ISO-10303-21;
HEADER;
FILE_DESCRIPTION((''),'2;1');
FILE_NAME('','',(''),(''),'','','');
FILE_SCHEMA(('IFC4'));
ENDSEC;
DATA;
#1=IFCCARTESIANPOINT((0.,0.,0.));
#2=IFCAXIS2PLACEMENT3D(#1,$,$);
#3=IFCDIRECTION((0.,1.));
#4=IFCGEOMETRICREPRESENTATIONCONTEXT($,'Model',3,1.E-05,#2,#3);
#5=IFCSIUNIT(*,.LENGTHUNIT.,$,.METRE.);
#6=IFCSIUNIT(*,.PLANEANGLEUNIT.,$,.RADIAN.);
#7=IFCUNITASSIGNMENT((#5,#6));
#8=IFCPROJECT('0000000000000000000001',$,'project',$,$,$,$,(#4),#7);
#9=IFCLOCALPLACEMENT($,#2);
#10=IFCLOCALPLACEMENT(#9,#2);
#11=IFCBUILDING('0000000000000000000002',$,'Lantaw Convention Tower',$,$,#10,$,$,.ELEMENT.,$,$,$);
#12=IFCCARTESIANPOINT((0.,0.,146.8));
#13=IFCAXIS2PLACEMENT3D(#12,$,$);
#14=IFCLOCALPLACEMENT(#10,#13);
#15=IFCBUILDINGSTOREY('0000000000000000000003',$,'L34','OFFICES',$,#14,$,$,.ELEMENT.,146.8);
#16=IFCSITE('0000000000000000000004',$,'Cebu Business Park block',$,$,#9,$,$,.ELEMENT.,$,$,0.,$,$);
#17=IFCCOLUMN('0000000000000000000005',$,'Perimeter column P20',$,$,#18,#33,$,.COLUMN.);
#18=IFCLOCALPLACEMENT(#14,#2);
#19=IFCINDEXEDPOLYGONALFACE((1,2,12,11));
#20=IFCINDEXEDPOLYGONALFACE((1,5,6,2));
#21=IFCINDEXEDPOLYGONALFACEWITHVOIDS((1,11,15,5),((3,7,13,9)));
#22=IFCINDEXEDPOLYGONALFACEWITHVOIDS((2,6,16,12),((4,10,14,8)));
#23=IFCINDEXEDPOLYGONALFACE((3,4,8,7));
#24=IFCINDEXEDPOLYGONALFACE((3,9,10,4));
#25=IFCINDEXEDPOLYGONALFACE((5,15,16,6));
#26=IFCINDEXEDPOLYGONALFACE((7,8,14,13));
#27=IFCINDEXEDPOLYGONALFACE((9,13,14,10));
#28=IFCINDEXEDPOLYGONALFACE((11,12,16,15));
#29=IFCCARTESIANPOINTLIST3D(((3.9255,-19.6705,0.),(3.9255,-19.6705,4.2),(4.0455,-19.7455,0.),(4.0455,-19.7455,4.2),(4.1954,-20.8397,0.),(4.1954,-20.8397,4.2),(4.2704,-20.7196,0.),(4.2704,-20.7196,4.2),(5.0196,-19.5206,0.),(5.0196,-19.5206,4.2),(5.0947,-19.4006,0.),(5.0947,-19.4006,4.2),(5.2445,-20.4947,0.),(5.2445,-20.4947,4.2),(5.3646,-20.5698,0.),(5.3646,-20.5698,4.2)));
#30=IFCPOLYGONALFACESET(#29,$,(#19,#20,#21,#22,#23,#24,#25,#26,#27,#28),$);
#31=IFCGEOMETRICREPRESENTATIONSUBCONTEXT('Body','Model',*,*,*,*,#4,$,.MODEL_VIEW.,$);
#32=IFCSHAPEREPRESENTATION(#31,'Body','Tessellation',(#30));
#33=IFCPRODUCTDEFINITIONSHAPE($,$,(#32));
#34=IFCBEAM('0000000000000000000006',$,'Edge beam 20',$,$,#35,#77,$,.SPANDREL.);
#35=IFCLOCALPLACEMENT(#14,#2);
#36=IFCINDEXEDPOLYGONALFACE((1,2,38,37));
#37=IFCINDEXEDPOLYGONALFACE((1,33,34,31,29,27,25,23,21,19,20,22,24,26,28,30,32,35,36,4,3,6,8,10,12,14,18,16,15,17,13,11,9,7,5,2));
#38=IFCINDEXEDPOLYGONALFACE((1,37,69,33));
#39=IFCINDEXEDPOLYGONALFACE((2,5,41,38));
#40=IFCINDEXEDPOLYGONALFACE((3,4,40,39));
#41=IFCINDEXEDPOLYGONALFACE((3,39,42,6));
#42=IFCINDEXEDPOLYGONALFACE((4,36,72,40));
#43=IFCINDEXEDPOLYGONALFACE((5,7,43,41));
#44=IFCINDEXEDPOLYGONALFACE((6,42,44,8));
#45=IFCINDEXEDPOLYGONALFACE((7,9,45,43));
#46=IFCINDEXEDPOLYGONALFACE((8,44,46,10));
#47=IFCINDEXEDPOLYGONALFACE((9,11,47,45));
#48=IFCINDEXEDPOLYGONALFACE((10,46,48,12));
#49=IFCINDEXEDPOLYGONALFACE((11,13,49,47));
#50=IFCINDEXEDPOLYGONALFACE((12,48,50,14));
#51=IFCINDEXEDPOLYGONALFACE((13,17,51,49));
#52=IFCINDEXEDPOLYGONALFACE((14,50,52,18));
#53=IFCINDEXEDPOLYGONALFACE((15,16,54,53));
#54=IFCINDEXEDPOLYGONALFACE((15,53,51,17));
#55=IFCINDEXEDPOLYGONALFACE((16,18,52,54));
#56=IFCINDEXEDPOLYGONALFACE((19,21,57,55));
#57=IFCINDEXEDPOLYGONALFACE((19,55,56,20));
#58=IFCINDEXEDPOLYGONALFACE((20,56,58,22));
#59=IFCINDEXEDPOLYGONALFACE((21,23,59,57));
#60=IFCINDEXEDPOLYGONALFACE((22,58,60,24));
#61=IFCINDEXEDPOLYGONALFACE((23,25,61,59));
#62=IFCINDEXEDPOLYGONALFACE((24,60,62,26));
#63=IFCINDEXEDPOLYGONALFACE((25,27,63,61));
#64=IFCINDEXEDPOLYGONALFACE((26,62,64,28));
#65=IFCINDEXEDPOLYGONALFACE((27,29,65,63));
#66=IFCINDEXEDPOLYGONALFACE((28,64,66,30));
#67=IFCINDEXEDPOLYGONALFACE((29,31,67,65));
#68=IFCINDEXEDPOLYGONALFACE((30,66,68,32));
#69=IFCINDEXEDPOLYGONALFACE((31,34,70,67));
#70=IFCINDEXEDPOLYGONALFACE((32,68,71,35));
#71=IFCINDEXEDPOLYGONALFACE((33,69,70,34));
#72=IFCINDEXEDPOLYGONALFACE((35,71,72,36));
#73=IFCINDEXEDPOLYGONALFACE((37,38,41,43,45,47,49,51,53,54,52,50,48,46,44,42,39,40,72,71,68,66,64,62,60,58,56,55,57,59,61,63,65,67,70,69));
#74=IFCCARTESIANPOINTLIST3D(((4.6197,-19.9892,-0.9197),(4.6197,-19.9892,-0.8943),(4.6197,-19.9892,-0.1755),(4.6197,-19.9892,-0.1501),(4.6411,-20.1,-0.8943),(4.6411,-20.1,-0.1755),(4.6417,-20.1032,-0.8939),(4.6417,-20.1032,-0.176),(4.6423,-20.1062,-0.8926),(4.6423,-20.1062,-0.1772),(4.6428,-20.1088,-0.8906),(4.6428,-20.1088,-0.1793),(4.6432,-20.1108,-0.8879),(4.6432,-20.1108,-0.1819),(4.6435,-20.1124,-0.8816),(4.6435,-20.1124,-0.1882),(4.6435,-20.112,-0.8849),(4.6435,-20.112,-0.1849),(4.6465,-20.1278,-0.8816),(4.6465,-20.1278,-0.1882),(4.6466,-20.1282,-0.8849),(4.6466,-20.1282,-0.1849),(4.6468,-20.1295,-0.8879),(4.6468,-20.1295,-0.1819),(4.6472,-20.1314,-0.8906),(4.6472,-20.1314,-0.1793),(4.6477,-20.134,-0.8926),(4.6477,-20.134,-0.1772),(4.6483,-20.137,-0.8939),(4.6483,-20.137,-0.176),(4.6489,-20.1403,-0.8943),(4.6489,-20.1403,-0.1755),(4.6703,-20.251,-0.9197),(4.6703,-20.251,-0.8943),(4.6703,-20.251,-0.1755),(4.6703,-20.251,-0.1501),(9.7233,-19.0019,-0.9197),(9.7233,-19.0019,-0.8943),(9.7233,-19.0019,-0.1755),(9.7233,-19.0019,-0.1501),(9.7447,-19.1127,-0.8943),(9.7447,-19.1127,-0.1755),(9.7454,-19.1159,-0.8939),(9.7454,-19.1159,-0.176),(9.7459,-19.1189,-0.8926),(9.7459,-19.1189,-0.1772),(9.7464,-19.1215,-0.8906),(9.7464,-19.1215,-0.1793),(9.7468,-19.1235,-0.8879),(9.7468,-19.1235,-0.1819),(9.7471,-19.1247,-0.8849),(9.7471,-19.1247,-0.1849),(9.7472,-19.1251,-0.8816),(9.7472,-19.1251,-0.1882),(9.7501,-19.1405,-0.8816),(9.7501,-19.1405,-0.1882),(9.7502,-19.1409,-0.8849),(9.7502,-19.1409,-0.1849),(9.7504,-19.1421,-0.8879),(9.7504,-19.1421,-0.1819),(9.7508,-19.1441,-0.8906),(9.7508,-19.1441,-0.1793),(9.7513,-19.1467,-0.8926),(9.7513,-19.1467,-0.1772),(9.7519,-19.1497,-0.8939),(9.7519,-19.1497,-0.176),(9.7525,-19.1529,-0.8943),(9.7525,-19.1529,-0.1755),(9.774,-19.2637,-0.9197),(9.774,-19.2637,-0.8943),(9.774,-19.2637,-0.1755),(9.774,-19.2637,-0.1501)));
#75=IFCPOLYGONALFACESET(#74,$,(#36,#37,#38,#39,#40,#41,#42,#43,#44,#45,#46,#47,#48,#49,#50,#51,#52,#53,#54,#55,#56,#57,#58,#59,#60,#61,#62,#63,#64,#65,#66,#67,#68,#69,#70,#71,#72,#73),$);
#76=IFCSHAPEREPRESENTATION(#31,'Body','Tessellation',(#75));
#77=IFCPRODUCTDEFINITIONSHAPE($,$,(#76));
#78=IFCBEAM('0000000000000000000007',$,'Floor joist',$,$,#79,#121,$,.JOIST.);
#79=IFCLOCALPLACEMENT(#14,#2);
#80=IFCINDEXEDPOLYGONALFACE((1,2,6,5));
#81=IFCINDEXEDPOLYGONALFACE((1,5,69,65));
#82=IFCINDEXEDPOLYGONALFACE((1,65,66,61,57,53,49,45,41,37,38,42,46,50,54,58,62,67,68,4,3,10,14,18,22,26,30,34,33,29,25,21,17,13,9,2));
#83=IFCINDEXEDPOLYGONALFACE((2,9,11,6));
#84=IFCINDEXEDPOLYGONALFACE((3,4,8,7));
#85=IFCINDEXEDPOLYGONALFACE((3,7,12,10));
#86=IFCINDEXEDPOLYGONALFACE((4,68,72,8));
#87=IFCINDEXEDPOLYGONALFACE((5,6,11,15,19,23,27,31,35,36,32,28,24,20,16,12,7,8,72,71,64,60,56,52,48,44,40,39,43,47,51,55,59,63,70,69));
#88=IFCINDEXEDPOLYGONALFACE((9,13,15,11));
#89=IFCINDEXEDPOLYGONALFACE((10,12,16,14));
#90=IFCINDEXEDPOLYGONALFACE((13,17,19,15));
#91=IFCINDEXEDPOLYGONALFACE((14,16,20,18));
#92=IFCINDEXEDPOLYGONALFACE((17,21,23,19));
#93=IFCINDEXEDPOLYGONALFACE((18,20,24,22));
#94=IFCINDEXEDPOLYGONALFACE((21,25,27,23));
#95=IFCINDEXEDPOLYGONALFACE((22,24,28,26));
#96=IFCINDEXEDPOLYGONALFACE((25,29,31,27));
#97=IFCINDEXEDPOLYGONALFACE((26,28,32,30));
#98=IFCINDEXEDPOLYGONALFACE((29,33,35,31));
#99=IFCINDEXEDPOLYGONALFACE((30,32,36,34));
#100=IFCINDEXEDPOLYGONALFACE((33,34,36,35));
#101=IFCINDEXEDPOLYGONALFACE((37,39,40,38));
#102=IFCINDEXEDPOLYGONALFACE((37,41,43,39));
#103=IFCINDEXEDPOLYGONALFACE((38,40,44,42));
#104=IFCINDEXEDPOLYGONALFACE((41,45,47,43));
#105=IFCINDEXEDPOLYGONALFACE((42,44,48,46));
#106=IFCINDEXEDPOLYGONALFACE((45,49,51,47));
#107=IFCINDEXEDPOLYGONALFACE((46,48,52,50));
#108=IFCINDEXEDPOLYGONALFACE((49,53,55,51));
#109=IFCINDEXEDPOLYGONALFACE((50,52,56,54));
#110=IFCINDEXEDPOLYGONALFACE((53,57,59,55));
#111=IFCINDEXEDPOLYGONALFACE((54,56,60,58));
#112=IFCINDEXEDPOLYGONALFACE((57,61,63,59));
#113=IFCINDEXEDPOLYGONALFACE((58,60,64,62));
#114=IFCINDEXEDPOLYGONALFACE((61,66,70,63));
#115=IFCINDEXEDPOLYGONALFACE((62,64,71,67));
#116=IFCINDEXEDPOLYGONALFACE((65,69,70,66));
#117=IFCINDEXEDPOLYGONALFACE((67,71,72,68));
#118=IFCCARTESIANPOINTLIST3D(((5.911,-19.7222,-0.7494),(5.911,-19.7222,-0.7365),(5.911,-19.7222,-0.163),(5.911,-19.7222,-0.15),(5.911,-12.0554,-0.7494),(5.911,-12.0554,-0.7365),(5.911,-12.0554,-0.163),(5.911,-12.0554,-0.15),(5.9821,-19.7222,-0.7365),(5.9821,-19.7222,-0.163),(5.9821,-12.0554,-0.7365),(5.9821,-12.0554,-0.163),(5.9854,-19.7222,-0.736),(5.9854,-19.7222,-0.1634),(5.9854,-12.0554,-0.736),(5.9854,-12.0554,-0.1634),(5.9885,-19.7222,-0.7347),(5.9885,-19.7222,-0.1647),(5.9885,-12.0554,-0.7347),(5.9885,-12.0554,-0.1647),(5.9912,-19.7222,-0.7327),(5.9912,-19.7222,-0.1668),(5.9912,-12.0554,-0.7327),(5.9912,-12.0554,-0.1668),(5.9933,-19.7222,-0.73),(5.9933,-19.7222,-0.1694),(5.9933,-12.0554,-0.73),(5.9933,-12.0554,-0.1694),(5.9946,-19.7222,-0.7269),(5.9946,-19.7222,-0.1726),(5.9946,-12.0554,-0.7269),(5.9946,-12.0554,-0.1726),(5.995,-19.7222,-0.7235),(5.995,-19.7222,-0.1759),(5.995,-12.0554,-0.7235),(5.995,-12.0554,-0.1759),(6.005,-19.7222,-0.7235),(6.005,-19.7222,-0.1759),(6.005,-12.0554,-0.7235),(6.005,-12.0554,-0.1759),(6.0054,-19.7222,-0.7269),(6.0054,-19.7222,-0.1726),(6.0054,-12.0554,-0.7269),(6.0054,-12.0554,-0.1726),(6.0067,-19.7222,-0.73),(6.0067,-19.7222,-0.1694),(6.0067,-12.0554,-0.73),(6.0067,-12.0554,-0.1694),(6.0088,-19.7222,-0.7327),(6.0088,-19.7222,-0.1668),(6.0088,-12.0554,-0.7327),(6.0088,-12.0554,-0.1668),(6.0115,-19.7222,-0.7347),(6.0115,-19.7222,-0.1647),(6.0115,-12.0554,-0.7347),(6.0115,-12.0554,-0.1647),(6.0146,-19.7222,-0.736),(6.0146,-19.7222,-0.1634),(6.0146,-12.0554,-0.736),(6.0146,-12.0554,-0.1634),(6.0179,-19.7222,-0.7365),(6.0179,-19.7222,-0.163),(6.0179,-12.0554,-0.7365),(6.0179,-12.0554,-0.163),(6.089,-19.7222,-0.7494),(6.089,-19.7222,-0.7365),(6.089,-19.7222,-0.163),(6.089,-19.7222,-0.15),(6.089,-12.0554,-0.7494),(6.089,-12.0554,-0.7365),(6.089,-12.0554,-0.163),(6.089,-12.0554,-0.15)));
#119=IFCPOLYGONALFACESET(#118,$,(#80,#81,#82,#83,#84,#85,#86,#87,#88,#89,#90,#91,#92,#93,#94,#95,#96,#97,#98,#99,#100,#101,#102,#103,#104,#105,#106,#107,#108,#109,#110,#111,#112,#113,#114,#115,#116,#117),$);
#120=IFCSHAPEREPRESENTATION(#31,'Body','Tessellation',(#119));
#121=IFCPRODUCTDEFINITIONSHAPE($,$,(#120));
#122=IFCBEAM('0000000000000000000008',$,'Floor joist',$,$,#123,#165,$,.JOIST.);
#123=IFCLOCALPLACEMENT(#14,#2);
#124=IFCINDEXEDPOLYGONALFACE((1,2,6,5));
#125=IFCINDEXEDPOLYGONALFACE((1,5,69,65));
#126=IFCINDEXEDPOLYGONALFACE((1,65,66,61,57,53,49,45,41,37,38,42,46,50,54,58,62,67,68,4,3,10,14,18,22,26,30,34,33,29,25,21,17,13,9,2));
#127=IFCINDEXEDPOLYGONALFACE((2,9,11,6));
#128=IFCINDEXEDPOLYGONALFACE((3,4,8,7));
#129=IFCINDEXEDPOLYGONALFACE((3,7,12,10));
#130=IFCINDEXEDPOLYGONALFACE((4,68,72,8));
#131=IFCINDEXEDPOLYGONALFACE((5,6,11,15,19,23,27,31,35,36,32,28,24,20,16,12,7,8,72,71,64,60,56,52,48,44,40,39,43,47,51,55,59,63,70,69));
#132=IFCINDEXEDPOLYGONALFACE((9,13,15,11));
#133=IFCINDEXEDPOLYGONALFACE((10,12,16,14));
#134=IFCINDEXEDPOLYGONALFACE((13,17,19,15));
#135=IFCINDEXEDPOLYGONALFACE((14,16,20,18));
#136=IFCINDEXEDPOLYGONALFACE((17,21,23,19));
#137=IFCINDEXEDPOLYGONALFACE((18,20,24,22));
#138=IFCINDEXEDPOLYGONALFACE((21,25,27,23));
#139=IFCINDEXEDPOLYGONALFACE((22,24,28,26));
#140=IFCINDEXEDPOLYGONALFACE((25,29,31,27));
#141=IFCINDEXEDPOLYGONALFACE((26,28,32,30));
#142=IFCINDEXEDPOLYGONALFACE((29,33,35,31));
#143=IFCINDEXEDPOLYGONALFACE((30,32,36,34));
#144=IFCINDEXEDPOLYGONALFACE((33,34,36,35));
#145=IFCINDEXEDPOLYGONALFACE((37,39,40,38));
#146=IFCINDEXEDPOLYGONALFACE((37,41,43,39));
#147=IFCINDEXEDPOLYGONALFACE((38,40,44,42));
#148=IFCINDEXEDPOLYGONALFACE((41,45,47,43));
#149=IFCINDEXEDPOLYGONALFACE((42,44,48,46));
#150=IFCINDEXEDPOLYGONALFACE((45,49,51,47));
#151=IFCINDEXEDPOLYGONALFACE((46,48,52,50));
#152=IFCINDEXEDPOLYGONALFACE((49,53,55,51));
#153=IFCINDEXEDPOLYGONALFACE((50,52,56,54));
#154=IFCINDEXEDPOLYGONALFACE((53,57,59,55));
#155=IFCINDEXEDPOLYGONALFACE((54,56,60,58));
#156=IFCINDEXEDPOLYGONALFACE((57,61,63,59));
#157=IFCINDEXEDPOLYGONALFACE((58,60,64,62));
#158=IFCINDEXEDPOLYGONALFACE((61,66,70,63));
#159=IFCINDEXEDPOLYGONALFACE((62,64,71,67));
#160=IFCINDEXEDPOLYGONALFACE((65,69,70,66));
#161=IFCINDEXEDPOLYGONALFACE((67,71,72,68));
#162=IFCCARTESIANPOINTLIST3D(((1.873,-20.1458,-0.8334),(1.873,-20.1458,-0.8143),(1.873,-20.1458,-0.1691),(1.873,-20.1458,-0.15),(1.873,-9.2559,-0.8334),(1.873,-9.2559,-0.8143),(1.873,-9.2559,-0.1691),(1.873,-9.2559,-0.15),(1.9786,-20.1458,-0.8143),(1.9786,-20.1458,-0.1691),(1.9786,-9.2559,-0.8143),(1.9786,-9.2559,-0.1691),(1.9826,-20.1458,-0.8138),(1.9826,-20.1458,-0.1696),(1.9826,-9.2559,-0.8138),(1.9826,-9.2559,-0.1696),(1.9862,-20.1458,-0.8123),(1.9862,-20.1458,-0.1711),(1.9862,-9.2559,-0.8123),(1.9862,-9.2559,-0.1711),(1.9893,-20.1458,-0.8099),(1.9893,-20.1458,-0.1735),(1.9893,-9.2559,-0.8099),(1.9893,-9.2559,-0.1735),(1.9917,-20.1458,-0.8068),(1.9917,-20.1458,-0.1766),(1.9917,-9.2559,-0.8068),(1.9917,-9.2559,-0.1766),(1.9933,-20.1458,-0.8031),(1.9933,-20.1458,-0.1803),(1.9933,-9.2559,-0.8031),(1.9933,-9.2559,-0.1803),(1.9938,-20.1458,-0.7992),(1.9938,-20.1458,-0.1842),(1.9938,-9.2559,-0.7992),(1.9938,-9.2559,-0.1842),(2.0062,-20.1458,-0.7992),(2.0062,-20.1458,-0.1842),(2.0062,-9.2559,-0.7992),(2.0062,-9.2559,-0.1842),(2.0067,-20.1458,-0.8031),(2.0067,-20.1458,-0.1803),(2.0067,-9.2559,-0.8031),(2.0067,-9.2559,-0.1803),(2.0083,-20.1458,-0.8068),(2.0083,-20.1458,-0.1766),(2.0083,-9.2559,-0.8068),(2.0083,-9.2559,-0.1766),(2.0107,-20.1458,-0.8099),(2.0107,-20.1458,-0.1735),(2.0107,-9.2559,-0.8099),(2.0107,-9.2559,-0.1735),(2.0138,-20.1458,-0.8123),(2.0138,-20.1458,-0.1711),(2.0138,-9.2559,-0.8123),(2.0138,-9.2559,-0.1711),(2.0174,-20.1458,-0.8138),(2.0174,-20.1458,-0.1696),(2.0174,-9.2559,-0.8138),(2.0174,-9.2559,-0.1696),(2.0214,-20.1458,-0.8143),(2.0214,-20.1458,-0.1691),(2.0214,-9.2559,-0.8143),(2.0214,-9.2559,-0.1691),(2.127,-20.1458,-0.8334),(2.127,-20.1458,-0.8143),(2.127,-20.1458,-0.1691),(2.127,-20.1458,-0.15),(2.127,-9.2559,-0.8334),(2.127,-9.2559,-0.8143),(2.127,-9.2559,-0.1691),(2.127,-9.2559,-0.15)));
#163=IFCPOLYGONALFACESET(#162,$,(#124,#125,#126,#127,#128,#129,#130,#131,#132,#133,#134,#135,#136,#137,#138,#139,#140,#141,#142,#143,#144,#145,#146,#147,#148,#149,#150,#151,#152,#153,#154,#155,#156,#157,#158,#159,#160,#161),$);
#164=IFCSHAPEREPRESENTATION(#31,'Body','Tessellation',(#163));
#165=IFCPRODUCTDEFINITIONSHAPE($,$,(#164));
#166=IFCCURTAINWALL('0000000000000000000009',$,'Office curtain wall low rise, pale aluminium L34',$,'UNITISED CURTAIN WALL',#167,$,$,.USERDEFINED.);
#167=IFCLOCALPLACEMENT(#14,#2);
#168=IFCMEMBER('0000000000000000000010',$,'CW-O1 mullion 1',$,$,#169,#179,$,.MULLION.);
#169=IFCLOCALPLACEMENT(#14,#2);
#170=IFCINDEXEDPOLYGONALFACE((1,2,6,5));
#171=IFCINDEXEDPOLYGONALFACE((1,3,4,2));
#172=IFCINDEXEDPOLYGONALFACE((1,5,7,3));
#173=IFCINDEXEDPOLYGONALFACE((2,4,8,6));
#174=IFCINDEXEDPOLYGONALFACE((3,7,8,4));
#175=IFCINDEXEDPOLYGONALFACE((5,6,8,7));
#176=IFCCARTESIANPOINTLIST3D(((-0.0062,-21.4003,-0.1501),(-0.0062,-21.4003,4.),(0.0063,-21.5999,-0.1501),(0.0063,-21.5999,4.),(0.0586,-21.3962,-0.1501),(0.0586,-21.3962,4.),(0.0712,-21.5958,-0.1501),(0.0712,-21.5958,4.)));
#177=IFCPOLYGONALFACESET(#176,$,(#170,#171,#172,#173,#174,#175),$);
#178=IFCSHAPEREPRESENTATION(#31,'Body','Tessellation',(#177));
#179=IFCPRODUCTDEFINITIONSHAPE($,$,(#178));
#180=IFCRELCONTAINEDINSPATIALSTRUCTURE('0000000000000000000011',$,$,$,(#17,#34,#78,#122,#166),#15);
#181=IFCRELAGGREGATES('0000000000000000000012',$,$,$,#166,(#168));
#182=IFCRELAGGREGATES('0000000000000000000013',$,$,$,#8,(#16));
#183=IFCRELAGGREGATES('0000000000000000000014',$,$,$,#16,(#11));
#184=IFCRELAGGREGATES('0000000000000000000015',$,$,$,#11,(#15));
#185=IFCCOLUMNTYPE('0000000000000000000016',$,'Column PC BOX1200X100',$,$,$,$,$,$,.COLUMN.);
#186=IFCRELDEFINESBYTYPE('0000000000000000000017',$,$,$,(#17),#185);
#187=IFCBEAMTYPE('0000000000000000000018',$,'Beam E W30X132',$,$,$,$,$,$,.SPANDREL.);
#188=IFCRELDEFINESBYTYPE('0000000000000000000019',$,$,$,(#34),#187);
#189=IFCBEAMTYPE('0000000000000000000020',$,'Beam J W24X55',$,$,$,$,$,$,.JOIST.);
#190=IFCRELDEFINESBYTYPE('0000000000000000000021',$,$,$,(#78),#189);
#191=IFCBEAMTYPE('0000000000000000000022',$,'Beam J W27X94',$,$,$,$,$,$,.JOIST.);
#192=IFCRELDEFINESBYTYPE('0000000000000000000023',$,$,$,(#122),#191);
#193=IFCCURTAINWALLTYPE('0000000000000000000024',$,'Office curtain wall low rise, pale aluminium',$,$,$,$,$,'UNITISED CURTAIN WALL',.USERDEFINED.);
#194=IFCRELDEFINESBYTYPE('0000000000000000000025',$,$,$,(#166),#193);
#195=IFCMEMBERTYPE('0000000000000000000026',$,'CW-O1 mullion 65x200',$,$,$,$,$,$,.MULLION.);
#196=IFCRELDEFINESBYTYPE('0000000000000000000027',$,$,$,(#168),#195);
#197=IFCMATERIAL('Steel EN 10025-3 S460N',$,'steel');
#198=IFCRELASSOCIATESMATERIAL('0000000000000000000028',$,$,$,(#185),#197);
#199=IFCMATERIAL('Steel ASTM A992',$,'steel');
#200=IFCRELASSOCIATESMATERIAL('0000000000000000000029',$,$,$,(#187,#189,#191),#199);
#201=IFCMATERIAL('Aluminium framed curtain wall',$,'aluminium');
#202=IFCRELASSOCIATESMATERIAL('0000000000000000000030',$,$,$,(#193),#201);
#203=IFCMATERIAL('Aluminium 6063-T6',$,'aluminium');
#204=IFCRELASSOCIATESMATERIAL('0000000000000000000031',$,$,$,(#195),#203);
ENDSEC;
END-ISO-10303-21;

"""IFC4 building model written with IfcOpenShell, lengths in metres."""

from ifc_helpers import new_model, si_unit, direction, frame, origin, origin_2d, place, context, subcontext, project, spatial, rectangle, hollow_rectangle, i_section, extrude, material, material_profile, profile_set, type_object, element, aggregate, save


model = new_model("IFC4")

# Units and contexts
model_context = context("Model", 3, precision=1e-05, world=origin(), true_north=direction((0.0, 1.0)))
body_context = subcontext(model_context, "Body", "Model", "MODEL_VIEW")
ifc_project = project(units=[si_unit("LENGTHUNIT", "METRE"), si_unit("PLANEANGLEUNIT", "RADIAN")], contexts=[model_context])

# Site, building, storey
site_placement = place(None, origin())
site = spatial("IfcSite", under=ifc_project, at=site_placement, Name="Cebu Business Park block", CompositionType="ELEMENT", RefElevation=0.0)
building_placement = place(site_placement, origin())
building = spatial("IfcBuilding", under=site, at=building_placement, Name="Lantaw Convention Tower", CompositionType="ELEMENT")
storey_placement = place(building_placement, frame((0.0, 0.0, 146.8)))
storey = spatial("IfcBuildingStorey", under=building, at=storey_placement, Name="L34", Description="OFFICES", CompositionType="ELEMENT", Elevation=146.8)

# Column
ifc_material_1 = material(Name="Steel EN 10025-3 S460N", Category="steel")
ifc_material_profile_1 = material_profile(ifc_material_1, hollow_rectangle(XDim=1.2, YDim=1.2, WallThickness=0.1001, at=origin_2d()), Name="BOX1200X100")
ifc_material_2 = material(Name="Concrete C60/75", Category="concrete")
ifc_material_profile_2 = material_profile(ifc_material_2, rectangle(XDim=1.0, YDim=1.0, at=origin_2d()), Name="Concrete fill of BOX1200X100")
ifc_profile_set_1 = profile_set([ifc_material_profile_1, ifc_material_profile_2], Name="Steel EN 10025-3 S460N")
column_type = type_object("IfcColumnType", Name="Column PC BOX1200X100", PredefinedType="COLUMN", material=ifc_profile_set_1)
column_placement = place(storey_placement, frame((4.645, -20.1201, 0.0), z_axis=(0.0, 0.0, 1.0), x_axis=(0.97437, 0.224951, 0.0)))
element("IfcColumn", 1, at=column_placement, inside=storey, type_object=column_type, Name="Perimeter column P20", PredefinedType="COLUMN", context=body_context, shape_type="SweptSolid", body=[
    extrude(hollow_rectangle(XDim=1.2, YDim=1.2, WallThickness=0.1001, at=origin_2d()), origin(), (0.0, 0.0, 1.0), 4.2),
])

# Beams
ifc_material_3 = material(Name="Steel ASTM A992", Category="steel")
ifc_material_profile_3 = material_profile(ifc_material_3, i_section(OverallWidth=0.2666, OverallDepth=0.7695, WebThickness=0.0156, FlangeThickness=0.0254, FilletRadius=0.0127, at=origin_2d()), Name="W30X132")
ifc_profile_set_2 = profile_set([ifc_material_profile_3], Name="Steel ASTM A992")
beam_type_1 = type_object("IfcBeamType", Name="Beam E W30X132", PredefinedType="SPANDREL", material=ifc_profile_set_2)
beam_1_placement = place(storey_placement, frame((4.645, -20.1201, -0.5349), z_axis=(0.981797, 0.189934, 0.0), x_axis=(-0.189934, 0.981797, 0.0)))
element("IfcBeam", 2, at=beam_1_placement, inside=storey, type_object=beam_type_1, Name="Edge beam 20", PredefinedType="SPANDREL", context=body_context, shape_type="SweptSolid", body=[
    extrude(i_section(OverallWidth=0.2666, OverallDepth=0.7695, WebThickness=0.0156, FlangeThickness=0.0254, FilletRadius=0.0127, at=origin_2d()), origin(), (0.0, 0.0, 1.0), 5.1982),
])
ifc_material_profile_4 = material_profile(ifc_material_3, i_section(OverallWidth=0.178, OverallDepth=0.5994, WebThickness=0.01, FlangeThickness=0.0129, FilletRadius=0.0129, at=origin_2d()), Name="W24X55")
ifc_profile_set_3 = profile_set([ifc_material_profile_4], Name="Steel ASTM A992")
beam_type_2 = type_object("IfcBeamType", Name="Beam J W24X55", PredefinedType="JOIST", material=ifc_profile_set_3)
beam_2_placement = place(storey_placement, frame((6.0, -19.7222, -0.4497), z_axis=(0.0, 1.0, 0.0), x_axis=(-1.0, 0.0, 0.0)))
element("IfcBeam", 3, at=beam_2_placement, inside=storey, type_object=beam_type_2, Name="Floor joist", PredefinedType="JOIST", context=body_context, shape_type="SweptSolid", body=[
    extrude(i_section(OverallWidth=0.178, OverallDepth=0.5994, WebThickness=0.01, FlangeThickness=0.0129, FilletRadius=0.0129, at=origin_2d()), origin(), (0.0, 0.0, 1.0), 7.6667),
])
ifc_material_profile_5 = material_profile(ifc_material_3, i_section(OverallWidth=0.2539, OverallDepth=0.6833, WebThickness=0.0125, FlangeThickness=0.019, FilletRadius=0.0151, at=origin_2d()), Name="W27X94")
ifc_profile_set_4 = profile_set([ifc_material_profile_5], Name="Steel ASTM A992")
beam_type_3 = type_object("IfcBeamType", Name="Beam J W27X94", PredefinedType="JOIST", material=ifc_profile_set_4)
beam_3_placement = place(storey_placement, frame((2.0, -20.1458, -0.4917), z_axis=(0.0, 1.0, 0.0), x_axis=(-1.0, 0.0, 0.0)))
element("IfcBeam", 4, at=beam_3_placement, inside=storey, type_object=beam_type_3, Name="Floor joist", PredefinedType="JOIST", context=body_context, shape_type="SweptSolid", body=[
    extrude(i_section(OverallWidth=0.2539, OverallDepth=0.6833, WebThickness=0.0125, FlangeThickness=0.019, FilletRadius=0.0151, at=origin_2d()), origin(), (0.0, 0.0, 1.0), 10.8899),
])

# Curtain wall, member
ifc_material_4 = material(Name="Aluminium framed curtain wall", Category="aluminium")
curtain_wall_type = type_object("IfcCurtainWallType", Name="Office curtain wall low rise, pale aluminium", ElementType="UNITISED CURTAIN WALL", PredefinedType="USERDEFINED", material=ifc_material_4)
curtain_wall_1_placement = place(storey_placement, origin())
curtain_wall_1 = element("IfcCurtainWall", 5, at=curtain_wall_1_placement, inside=storey, type_object=curtain_wall_type, Name="Office curtain wall low rise, pale aluminium L34", ObjectType="UNITISED CURTAIN WALL", PredefinedType="USERDEFINED")
ifc_material_5 = material(Name="Aluminium 6063-T6", Category="aluminium")
ifc_material_profile_6 = material_profile(ifc_material_5, rectangle(XDim=0.2, YDim=0.0649, at=origin_2d()), Name="CW-O1 mullion 65x200")
ifc_profile_set_5 = profile_set([ifc_material_profile_6], Name="Aluminium 6063-T6")
member_type_1 = type_object("IfcMemberType", Name="CW-O1 mullion 65x200", PredefinedType="MULLION", material=ifc_profile_set_5)
member_1_placement = place(storey_placement, frame((0.0325, -21.498, -0.1501), z_axis=(0.0, 0.0, 1.0), x_axis=(-0.062865, 0.998022, 0.0)))
member_1 = element("IfcMember", 6, at=member_1_placement, type_object=member_type_1, Name="CW-O1 mullion 1", PredefinedType="MULLION", context=body_context, shape_type="SweptSolid", body=[
    extrude(rectangle(XDim=0.2, YDim=0.0649, at=origin_2d()), origin(), (0.0, 0.0, 1.0), 4.1501),
])

aggregate(curtain_wall_1, [member_1])

save(model, "model.ifc")
